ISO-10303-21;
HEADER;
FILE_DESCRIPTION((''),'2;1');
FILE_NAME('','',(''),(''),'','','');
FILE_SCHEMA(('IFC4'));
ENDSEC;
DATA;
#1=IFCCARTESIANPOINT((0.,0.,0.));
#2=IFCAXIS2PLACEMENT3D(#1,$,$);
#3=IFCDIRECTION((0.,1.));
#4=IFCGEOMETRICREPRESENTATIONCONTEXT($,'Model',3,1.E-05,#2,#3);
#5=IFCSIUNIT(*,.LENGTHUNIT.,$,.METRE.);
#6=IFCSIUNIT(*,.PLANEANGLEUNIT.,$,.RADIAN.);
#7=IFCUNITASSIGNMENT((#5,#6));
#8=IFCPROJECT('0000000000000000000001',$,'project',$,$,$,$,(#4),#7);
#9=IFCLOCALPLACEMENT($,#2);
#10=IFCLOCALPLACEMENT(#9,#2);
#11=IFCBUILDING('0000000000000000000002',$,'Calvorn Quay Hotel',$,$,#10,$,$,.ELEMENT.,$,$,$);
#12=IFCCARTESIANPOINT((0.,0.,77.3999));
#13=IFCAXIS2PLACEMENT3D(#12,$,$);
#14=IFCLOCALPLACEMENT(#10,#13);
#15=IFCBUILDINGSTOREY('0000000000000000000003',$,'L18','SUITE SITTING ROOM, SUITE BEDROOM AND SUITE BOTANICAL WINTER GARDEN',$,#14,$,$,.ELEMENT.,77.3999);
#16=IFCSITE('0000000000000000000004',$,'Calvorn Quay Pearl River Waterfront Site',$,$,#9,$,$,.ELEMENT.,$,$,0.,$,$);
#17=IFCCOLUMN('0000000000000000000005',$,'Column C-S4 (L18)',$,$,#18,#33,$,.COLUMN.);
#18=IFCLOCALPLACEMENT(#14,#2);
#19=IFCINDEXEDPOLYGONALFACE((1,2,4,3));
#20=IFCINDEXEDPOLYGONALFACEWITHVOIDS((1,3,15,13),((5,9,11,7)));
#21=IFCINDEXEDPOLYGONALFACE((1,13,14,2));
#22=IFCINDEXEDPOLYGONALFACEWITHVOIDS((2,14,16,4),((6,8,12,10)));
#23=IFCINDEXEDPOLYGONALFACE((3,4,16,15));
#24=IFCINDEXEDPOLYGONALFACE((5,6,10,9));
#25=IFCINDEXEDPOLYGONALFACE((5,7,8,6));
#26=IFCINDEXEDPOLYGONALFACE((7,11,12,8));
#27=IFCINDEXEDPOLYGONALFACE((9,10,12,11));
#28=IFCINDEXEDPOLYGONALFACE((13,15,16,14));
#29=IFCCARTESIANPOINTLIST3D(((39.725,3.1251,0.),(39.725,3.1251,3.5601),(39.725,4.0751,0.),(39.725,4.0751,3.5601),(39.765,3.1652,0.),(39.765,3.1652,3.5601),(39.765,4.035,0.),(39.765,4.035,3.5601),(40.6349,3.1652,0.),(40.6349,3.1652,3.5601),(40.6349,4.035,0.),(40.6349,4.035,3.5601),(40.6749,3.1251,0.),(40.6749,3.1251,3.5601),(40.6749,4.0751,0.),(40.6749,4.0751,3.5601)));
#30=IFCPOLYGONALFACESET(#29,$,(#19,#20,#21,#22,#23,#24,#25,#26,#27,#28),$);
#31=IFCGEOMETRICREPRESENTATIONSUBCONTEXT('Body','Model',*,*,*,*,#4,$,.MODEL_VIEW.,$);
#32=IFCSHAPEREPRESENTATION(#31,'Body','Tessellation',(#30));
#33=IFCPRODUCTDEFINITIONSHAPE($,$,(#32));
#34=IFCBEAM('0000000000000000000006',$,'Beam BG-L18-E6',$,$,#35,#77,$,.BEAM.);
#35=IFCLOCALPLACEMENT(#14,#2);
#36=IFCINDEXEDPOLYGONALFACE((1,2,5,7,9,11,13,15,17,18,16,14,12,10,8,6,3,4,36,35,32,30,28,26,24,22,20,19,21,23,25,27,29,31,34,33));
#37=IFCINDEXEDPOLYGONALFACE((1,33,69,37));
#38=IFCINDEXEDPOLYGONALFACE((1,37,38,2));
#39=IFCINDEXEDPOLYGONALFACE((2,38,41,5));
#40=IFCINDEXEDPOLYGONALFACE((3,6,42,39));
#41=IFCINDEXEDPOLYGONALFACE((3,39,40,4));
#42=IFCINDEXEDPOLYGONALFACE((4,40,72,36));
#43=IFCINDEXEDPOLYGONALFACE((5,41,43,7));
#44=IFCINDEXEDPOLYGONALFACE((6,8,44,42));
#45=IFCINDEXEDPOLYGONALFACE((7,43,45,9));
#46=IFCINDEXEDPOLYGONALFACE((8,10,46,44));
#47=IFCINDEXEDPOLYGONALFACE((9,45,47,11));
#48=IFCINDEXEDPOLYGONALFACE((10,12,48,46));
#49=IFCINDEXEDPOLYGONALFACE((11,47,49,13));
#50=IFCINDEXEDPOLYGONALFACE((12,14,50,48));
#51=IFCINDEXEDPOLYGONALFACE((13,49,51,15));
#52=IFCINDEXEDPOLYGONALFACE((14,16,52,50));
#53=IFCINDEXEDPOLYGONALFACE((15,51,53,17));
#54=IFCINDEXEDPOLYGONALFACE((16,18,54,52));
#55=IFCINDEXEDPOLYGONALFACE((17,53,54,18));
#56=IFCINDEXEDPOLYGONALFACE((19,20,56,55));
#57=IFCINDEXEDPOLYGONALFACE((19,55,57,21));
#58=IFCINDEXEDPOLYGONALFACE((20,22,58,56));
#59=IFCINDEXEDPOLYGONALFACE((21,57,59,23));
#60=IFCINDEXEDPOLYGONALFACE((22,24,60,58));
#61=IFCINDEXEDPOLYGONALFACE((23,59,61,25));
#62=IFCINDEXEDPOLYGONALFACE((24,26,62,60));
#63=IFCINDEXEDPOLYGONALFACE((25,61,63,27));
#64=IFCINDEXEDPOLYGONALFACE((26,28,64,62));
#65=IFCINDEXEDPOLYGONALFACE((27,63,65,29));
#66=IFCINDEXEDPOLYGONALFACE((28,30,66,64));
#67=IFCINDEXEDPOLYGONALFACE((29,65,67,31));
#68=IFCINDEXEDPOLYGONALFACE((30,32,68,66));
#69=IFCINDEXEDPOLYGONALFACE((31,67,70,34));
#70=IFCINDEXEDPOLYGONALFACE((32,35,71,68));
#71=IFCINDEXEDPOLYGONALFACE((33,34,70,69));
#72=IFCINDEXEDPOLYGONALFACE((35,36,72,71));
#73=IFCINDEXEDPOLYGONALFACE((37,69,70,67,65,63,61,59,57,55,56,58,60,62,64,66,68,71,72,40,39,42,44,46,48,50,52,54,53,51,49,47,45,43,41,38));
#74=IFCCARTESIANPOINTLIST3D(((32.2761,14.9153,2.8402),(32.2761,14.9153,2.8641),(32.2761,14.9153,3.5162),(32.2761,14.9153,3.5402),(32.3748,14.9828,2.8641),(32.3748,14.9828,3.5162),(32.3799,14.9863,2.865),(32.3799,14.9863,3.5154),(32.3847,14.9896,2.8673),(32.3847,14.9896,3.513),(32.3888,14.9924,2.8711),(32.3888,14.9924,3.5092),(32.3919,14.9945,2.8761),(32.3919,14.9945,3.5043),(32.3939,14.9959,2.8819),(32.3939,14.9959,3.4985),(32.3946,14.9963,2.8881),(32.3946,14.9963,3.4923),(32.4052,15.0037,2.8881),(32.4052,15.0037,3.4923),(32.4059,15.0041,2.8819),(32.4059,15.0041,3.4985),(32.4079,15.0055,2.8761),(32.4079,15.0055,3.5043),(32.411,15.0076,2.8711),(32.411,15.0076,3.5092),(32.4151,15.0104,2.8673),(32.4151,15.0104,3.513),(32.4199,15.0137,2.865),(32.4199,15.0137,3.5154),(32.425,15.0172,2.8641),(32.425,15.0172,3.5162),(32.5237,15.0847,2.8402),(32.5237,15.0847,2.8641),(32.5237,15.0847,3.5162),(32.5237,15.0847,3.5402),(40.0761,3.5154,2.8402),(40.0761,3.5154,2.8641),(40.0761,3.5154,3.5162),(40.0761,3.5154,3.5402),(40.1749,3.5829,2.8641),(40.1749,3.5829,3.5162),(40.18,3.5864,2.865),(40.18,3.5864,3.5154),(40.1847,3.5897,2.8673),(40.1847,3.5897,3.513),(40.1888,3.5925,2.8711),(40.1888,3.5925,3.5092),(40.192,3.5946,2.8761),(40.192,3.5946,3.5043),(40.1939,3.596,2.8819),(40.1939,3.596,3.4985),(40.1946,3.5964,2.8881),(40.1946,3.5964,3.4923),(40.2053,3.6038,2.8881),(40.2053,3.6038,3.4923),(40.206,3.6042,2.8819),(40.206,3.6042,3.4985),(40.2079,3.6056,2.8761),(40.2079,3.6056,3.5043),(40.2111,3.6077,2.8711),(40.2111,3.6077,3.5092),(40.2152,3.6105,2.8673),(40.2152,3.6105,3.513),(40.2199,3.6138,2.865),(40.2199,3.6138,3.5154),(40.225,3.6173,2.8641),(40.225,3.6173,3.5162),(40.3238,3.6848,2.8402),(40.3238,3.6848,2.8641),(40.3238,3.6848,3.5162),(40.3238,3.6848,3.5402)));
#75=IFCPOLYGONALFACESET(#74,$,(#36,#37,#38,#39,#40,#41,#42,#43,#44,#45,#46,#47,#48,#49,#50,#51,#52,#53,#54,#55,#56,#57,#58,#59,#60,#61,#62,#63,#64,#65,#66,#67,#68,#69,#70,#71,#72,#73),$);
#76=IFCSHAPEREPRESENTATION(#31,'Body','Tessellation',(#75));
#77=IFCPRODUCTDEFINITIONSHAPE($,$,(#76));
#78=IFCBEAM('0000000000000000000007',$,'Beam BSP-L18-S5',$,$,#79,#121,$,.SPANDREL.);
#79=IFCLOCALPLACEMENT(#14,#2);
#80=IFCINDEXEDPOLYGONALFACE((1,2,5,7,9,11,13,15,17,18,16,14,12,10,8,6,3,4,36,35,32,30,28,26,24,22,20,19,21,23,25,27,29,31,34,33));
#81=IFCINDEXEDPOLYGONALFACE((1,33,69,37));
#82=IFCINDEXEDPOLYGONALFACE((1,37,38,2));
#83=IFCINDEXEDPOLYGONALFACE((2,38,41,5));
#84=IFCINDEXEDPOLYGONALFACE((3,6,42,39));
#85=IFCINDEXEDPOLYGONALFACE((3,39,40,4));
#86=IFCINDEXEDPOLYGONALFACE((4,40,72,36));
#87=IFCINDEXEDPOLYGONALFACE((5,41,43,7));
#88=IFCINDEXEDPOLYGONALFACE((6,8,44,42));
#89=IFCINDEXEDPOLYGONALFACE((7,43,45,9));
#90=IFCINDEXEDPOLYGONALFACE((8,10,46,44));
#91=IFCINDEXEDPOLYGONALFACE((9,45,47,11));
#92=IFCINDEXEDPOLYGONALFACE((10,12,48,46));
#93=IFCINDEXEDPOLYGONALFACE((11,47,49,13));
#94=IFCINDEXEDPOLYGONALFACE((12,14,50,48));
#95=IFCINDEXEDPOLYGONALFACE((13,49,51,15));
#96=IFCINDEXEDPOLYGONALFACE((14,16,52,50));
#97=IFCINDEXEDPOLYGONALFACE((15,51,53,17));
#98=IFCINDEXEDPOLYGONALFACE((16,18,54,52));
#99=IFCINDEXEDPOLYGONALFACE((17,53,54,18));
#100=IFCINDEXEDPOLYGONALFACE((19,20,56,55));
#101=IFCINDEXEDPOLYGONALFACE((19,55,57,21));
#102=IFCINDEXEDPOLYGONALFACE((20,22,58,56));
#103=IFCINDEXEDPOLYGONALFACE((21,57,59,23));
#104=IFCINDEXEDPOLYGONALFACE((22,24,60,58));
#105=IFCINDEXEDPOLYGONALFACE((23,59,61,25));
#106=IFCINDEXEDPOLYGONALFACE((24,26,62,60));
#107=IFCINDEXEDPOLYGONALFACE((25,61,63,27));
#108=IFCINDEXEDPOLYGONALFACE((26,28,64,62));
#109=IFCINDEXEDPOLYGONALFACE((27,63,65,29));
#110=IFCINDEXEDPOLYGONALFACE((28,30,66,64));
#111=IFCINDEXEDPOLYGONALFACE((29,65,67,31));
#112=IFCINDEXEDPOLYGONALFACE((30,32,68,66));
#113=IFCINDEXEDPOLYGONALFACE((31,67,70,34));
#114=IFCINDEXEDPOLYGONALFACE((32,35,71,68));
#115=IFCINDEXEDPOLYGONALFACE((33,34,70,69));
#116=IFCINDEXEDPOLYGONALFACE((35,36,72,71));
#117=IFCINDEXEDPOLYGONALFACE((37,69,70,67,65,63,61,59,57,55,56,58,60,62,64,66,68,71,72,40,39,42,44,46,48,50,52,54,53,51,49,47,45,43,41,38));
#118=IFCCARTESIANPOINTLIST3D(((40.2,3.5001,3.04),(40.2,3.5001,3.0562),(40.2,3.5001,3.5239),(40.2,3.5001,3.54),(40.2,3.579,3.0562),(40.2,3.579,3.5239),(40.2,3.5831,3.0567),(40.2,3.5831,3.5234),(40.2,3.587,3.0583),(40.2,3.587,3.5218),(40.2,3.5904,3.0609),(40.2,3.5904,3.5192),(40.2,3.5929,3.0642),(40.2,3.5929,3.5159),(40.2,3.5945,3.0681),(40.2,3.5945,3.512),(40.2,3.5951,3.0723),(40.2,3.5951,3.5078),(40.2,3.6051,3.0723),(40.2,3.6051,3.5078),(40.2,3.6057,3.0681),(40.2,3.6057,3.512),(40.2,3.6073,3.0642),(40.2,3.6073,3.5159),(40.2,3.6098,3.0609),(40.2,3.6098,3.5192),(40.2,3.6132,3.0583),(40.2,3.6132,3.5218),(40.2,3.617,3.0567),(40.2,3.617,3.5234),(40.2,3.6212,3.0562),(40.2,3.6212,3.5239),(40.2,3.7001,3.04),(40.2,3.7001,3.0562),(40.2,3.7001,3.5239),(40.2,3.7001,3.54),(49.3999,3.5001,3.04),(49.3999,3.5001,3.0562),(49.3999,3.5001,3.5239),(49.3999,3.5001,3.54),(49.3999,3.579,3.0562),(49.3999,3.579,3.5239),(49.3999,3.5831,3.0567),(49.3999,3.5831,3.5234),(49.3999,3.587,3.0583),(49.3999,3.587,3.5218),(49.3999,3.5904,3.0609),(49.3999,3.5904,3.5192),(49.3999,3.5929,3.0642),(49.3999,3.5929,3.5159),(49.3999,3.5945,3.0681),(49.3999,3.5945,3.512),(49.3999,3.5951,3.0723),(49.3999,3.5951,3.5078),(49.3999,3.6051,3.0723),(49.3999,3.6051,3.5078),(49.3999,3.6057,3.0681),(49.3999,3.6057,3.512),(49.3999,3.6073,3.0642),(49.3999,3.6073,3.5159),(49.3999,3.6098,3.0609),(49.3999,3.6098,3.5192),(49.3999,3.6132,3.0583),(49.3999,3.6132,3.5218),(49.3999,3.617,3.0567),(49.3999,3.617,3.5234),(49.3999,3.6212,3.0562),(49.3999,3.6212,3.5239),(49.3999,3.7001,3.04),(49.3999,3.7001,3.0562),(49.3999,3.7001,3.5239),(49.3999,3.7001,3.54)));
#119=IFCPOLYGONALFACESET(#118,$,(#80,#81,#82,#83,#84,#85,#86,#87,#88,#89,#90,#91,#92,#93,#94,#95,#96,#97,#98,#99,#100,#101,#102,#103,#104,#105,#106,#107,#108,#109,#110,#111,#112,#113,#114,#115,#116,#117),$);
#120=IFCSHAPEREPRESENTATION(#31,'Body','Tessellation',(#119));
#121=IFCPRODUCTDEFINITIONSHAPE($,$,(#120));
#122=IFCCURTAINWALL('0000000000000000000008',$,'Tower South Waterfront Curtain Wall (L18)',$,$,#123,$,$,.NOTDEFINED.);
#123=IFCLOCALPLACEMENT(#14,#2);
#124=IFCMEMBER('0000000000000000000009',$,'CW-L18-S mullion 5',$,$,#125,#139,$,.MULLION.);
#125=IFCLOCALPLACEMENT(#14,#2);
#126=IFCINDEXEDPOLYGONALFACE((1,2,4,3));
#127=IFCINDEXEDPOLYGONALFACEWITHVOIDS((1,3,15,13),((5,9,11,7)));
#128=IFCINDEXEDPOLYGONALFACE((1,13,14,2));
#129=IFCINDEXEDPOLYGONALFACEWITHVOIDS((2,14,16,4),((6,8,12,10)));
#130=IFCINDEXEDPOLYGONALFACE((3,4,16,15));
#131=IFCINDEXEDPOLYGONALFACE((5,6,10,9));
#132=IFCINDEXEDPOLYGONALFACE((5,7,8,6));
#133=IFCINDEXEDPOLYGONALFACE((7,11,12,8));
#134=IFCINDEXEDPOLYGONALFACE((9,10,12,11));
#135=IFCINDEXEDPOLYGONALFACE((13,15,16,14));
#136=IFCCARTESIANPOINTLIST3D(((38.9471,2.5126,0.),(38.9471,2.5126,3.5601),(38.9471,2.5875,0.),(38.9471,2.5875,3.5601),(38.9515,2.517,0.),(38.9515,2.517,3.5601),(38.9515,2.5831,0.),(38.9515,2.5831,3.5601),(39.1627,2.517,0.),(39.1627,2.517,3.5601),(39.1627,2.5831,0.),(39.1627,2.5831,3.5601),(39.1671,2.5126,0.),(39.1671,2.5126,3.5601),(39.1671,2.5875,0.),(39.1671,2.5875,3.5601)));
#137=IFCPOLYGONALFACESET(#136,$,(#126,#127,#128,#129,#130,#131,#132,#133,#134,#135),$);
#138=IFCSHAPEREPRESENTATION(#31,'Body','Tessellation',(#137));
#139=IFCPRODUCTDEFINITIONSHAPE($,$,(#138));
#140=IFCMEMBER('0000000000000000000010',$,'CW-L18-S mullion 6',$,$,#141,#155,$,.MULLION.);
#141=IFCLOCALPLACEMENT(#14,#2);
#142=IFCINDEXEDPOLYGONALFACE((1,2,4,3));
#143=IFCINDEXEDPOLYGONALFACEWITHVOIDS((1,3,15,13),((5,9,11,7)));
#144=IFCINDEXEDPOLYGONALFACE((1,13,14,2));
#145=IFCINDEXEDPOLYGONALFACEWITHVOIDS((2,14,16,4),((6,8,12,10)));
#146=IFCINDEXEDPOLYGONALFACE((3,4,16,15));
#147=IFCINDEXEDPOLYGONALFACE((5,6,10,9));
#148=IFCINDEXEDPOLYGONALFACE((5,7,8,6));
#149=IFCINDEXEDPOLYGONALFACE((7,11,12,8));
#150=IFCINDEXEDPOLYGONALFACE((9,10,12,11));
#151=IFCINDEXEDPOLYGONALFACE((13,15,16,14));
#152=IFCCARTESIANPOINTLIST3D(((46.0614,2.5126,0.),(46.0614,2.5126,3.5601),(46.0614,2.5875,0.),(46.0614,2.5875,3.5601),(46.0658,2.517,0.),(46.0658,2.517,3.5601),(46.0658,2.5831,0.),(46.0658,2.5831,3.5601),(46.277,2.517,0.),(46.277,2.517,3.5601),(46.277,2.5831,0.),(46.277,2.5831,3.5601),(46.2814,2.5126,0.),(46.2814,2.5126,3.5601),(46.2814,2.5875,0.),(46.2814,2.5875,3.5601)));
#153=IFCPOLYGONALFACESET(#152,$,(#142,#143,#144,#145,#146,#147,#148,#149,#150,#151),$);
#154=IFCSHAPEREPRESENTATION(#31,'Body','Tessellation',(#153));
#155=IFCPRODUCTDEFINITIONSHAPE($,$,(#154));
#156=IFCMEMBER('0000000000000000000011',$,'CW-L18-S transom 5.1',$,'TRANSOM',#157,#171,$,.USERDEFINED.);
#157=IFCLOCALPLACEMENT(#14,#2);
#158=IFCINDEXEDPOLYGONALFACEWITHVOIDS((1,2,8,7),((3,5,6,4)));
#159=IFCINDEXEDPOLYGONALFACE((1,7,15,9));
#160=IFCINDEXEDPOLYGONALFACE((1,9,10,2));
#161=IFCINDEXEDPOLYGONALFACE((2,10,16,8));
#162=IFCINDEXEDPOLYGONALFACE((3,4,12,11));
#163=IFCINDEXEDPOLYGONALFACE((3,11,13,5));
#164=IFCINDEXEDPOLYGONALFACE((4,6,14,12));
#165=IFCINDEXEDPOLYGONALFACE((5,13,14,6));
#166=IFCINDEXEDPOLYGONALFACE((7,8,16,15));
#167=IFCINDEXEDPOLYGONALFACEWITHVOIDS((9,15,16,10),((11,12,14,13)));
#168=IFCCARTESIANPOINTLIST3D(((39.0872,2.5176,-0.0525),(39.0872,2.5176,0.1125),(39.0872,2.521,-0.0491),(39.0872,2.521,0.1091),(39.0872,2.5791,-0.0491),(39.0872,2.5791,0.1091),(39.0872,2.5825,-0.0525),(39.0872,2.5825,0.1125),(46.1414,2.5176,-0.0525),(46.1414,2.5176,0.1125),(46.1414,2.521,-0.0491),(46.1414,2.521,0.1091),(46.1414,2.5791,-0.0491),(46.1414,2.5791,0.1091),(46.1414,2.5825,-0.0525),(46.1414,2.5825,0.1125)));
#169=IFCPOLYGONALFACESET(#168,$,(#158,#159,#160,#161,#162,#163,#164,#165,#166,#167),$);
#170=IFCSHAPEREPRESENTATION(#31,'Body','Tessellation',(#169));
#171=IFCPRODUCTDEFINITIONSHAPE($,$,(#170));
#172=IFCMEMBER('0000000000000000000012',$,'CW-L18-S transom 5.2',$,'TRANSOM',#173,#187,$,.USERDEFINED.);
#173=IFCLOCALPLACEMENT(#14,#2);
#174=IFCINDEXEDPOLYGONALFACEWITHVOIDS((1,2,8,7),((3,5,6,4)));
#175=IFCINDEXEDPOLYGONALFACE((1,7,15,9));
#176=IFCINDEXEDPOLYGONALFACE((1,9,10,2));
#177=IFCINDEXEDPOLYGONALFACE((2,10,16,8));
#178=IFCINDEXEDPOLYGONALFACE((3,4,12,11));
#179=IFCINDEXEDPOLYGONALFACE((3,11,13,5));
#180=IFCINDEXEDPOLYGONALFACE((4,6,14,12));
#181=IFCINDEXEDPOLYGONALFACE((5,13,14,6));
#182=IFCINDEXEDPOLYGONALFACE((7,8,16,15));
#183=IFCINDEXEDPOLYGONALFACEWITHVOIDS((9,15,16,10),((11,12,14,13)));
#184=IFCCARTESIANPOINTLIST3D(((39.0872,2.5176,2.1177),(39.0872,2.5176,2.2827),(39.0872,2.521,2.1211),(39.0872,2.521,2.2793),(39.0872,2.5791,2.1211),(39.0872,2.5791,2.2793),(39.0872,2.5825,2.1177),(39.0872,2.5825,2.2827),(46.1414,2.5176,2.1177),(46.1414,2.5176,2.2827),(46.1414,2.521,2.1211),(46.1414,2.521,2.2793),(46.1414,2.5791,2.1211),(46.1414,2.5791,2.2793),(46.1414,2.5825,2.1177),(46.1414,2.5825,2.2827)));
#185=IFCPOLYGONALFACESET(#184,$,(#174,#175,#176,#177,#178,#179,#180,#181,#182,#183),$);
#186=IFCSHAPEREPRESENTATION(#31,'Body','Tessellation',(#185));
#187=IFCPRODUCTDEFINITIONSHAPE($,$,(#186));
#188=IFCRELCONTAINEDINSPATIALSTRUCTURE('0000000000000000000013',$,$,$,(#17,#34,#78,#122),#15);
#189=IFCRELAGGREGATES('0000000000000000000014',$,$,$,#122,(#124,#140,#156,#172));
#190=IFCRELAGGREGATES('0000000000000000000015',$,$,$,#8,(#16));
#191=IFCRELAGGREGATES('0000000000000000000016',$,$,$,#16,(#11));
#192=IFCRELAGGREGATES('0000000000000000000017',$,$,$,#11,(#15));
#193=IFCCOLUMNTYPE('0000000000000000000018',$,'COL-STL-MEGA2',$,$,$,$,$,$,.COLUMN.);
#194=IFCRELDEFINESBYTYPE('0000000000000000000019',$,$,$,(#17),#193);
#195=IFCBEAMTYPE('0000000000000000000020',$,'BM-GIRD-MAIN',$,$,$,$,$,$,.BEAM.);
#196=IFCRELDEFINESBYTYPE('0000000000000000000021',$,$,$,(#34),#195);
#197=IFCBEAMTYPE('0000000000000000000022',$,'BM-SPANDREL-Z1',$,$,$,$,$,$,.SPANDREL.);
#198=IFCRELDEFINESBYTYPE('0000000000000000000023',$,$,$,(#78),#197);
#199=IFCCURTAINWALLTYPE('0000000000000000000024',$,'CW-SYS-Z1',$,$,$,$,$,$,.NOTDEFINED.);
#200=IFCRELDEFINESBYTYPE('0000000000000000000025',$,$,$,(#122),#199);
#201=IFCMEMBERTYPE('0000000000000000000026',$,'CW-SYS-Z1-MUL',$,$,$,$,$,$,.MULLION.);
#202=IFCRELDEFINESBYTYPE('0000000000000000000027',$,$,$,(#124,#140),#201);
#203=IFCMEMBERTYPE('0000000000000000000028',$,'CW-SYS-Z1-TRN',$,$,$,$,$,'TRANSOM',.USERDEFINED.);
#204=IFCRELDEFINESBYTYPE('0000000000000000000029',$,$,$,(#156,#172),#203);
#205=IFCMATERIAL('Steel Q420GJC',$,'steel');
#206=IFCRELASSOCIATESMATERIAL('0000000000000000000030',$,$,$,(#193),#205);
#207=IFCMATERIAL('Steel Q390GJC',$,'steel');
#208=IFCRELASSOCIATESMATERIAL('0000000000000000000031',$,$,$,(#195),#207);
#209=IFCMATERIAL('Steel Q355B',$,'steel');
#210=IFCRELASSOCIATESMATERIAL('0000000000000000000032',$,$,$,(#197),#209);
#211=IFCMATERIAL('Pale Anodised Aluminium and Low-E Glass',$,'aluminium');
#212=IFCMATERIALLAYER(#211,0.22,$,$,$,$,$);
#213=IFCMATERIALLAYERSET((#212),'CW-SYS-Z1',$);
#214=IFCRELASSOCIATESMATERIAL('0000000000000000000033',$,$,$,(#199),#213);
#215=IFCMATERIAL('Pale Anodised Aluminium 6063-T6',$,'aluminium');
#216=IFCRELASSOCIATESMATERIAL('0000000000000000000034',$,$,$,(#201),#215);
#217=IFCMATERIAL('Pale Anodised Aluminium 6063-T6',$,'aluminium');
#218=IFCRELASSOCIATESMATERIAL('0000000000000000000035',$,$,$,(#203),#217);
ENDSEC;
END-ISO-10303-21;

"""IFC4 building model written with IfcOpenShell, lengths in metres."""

from ifc_helpers import new_model, si_unit, direction, frame, origin, origin_2d, place, context, subcontext, project, spatial, hollow_rectangle, i_section, extrude, material, layer, layer_set, material_profile, profile_set, type_object, element, aggregate, save


model = new_model("IFC4")

# Units and contexts
model_context = context("Model", 3, precision=1e-05, world=origin(), true_north=direction((0.0, 1.0)))
body_context = subcontext(model_context, "Body", "Model", "MODEL_VIEW")
ifc_project = project(units=[si_unit("LENGTHUNIT", "METRE"), si_unit("PLANEANGLEUNIT", "RADIAN")], contexts=[model_context])

# Site, building, storey
site_placement = place(None, origin())
site = spatial("IfcSite", under=ifc_project, at=site_placement, Name="Calvorn Quay Pearl River Waterfront Site", CompositionType="ELEMENT", RefElevation=0.0)
building_placement = place(site_placement, origin())
building = spatial("IfcBuilding", under=site, at=building_placement, Name="Calvorn Quay Hotel", CompositionType="ELEMENT")
storey_placement = place(building_placement, frame((0.0, 0.0, 77.3999)))
storey = spatial("IfcBuildingStorey", under=building, at=storey_placement, Name="L18", Description="SUITE SITTING ROOM, SUITE BEDROOM AND SUITE BOTANICAL WINTER GARDEN", CompositionType="ELEMENT", Elevation=77.3999)

# Column
ifc_material_1 = material(Name="Steel Q420GJC", Category="steel")
ifc_material_profile_1 = material_profile(ifc_material_1, hollow_rectangle(XDim=0.95, YDim=0.95, WallThickness=0.04, at=origin_2d()), Name="BOX950x950x40")
ifc_profile_set_1 = profile_set([ifc_material_profile_1], Name="Steel Q420GJC")
column_type = type_object("IfcColumnType", Name="COL-STL-MEGA2", PredefinedType="COLUMN", material=ifc_profile_set_1)
column_placement = place(storey_placement, frame((40.2, 3.6001, 0.0), z_axis=(0.0, 0.0, 1.0), x_axis=(1.0, 0.0, 0.0)))
element("IfcColumn", 1, at=column_placement, inside=storey, type_object=column_type, Name="Column C-S4 (L18)", PredefinedType="COLUMN", context=body_context, shape_type="SweptSolid", body=[
    extrude(hollow_rectangle(XDim=0.95, YDim=0.95, WallThickness=0.04, at=origin_2d()), origin(), (0.0, 0.0, 1.0), 3.5601),
])

# Beams
ifc_material_2 = material(Name="Steel Q390GJC", Category="steel")
ifc_material_profile_2 = material_profile(ifc_material_2, i_section(OverallWidth=0.3, OverallDepth=0.7, WebThickness=0.0129, FlangeThickness=0.0239, FilletRadius=0.0239, at=origin_2d()), Name="HN700x300x13x24")
ifc_profile_set_2 = profile_set([ifc_material_profile_2], Name="Steel Q390GJC")
beam_type_1 = type_object("IfcBeamType", Name="BM-GIRD-MAIN", PredefinedType="BEAM", material=ifc_profile_set_2)
beam_1_placement = place(storey_placement, frame((40.2, 3.6001, 3.1902), z_axis=(-0.56469, 0.825303, 0.0), x_axis=(-0.825303, -0.56469, 0.0)))
element("IfcBeam", 2, at=beam_1_placement, inside=storey, type_object=beam_type_1, Name="Beam BG-L18-E6", PredefinedType="BEAM", context=body_context, shape_type="SweptSolid", body=[
    extrude(i_section(OverallWidth=0.3, OverallDepth=0.7, WebThickness=0.0129, FlangeThickness=0.0239, FilletRadius=0.0239, at=origin_2d()), origin(), (0.0, 0.0, 1.0), 13.813),
])
ifc_material_3 = material(Name="Steel Q355B", Category="steel")
ifc_material_profile_3 = material_profile(ifc_material_3, i_section(OverallWidth=0.2, OverallDepth=0.5, WebThickness=0.01, FlangeThickness=0.0161, FilletRadius=0.0161, at=origin_2d()), Name="HN500x200x10x16")
ifc_profile_set_3 = profile_set([ifc_material_profile_3], Name="Steel Q355B")
beam_type_2 = type_object("IfcBeamType", Name="BM-SPANDREL-Z1", PredefinedType="SPANDREL", material=ifc_profile_set_3)
beam_2_placement = place(storey_placement, frame((40.2, 3.6001, 3.29), z_axis=(1.0, 0.0, 0.0), x_axis=(0.0, 1.0, 0.0)))
element("IfcBeam", 3, at=beam_2_placement, inside=storey, type_object=beam_type_2, Name="Beam BSP-L18-S5", PredefinedType="SPANDREL", context=body_context, shape_type="SweptSolid", body=[
    extrude(i_section(OverallWidth=0.2, OverallDepth=0.5, WebThickness=0.01, FlangeThickness=0.0161, FilletRadius=0.0161, at=origin_2d()), origin(), (0.0, 0.0, 1.0), 9.2),
])

# Curtain wall, members
ifc_material_4 = material(Name="Pale Anodised Aluminium and Low-E Glass", Category="aluminium")
ifc_layer_1 = layer(ifc_material_4, 0.22)
ifc_layer_set_1 = layer_set([ifc_layer_1], Name="CW-SYS-Z1")
curtain_wall_type = type_object("IfcCurtainWallType", Name="CW-SYS-Z1", PredefinedType="NOTDEFINED", material=ifc_layer_set_1)
curtain_wall_placement = place(storey_placement, origin())
curtain_wall = element("IfcCurtainWall", 4, at=curtain_wall_placement, inside=storey, type_object=curtain_wall_type, Name="Tower South Waterfront Curtain Wall (L18)", PredefinedType="NOTDEFINED")
ifc_material_5 = material(Name="Pale Anodised Aluminium 6063-T6", Category="aluminium")
ifc_material_profile_4 = material_profile(ifc_material_5, hollow_rectangle(XDim=0.075, YDim=0.22, WallThickness=0.0044, at=origin_2d()), Name="ALU-M220x75x4.5")
ifc_profile_set_4 = profile_set([ifc_material_profile_4], Name="Pale Anodised Aluminium 6063-T6")
member_type_1 = type_object("IfcMemberType", Name="CW-SYS-Z1-MUL", PredefinedType="MULLION", material=ifc_profile_set_4)
member_1_placement = place(storey_placement, frame((39.0571, 2.55, 0.0), z_axis=(0.0, 0.0, 1.0), x_axis=(0.0, 1.0, 0.0)))
member_1 = element("IfcMember", 5, at=member_1_placement, type_object=member_type_1, Name="CW-L18-S mullion 5", PredefinedType="MULLION", context=body_context, shape_type="SweptSolid", body=[
    extrude(hollow_rectangle(XDim=0.075, YDim=0.22, WallThickness=0.0044, at=origin_2d()), origin(), (0.0, 0.0, 1.0), 3.5601),
])
member_2_placement = place(storey_placement, frame((46.1714, 2.55, 0.0), z_axis=(0.0, 0.0, 1.0), x_axis=(0.0, 1.0, 0.0)))
member_2 = element("IfcMember", 6, at=member_2_placement, type_object=member_type_1, Name="CW-L18-S mullion 6", PredefinedType="MULLION", context=body_context, shape_type="SweptSolid", body=[
    extrude(hollow_rectangle(XDim=0.075, YDim=0.22, WallThickness=0.0044, at=origin_2d()), origin(), (0.0, 0.0, 1.0), 3.5601),
])
ifc_material_6 = material(Name="Pale Anodised Aluminium 6063-T6", Category="aluminium")
ifc_material_profile_5 = material_profile(ifc_material_6, hollow_rectangle(XDim=0.0649, YDim=0.165, WallThickness=0.0034, at=origin_2d()), Name="ALU-T165x65x3.5")
ifc_profile_set_5 = profile_set([ifc_material_profile_5], Name="Pale Anodised Aluminium 6063-T6")
member_type_2 = type_object("IfcMemberType", Name="CW-SYS-Z1-TRN", ElementType="TRANSOM", PredefinedType="USERDEFINED", material=ifc_profile_set_5)
member_3_placement = place(storey_placement, frame((39.0872, 2.55, 0.03), z_axis=(1.0, 0.0, 0.0), x_axis=(0.0, 1.0, 0.0)))
member_3 = element("IfcMember", 7, at=member_3_placement, type_object=member_type_2, Name="CW-L18-S transom 5.1", ObjectType="TRANSOM", PredefinedType="USERDEFINED", context=body_context, shape_type="SweptSolid", body=[
    extrude(hollow_rectangle(XDim=0.0649, YDim=0.165, WallThickness=0.0034, at=origin_2d()), origin(), (0.0, 0.0, 1.0), 7.0542),
])
member_4_placement = place(storey_placement, frame((39.0872, 2.55, 2.2002), z_axis=(1.0, 0.0, 0.0), x_axis=(0.0, 1.0, 0.0)))
member_4 = element("IfcMember", 8, at=member_4_placement, type_object=member_type_2, Name="CW-L18-S transom 5.2", ObjectType="TRANSOM", PredefinedType="USERDEFINED", context=body_context, shape_type="SweptSolid", body=[
    extrude(hollow_rectangle(XDim=0.0649, YDim=0.165, WallThickness=0.0034, at=origin_2d()), origin(), (0.0, 0.0, 1.0), 7.0542),
])
aggregate(curtain_wall, [member_1, member_2, member_3, member_4])

save(model, "model.ifc")
